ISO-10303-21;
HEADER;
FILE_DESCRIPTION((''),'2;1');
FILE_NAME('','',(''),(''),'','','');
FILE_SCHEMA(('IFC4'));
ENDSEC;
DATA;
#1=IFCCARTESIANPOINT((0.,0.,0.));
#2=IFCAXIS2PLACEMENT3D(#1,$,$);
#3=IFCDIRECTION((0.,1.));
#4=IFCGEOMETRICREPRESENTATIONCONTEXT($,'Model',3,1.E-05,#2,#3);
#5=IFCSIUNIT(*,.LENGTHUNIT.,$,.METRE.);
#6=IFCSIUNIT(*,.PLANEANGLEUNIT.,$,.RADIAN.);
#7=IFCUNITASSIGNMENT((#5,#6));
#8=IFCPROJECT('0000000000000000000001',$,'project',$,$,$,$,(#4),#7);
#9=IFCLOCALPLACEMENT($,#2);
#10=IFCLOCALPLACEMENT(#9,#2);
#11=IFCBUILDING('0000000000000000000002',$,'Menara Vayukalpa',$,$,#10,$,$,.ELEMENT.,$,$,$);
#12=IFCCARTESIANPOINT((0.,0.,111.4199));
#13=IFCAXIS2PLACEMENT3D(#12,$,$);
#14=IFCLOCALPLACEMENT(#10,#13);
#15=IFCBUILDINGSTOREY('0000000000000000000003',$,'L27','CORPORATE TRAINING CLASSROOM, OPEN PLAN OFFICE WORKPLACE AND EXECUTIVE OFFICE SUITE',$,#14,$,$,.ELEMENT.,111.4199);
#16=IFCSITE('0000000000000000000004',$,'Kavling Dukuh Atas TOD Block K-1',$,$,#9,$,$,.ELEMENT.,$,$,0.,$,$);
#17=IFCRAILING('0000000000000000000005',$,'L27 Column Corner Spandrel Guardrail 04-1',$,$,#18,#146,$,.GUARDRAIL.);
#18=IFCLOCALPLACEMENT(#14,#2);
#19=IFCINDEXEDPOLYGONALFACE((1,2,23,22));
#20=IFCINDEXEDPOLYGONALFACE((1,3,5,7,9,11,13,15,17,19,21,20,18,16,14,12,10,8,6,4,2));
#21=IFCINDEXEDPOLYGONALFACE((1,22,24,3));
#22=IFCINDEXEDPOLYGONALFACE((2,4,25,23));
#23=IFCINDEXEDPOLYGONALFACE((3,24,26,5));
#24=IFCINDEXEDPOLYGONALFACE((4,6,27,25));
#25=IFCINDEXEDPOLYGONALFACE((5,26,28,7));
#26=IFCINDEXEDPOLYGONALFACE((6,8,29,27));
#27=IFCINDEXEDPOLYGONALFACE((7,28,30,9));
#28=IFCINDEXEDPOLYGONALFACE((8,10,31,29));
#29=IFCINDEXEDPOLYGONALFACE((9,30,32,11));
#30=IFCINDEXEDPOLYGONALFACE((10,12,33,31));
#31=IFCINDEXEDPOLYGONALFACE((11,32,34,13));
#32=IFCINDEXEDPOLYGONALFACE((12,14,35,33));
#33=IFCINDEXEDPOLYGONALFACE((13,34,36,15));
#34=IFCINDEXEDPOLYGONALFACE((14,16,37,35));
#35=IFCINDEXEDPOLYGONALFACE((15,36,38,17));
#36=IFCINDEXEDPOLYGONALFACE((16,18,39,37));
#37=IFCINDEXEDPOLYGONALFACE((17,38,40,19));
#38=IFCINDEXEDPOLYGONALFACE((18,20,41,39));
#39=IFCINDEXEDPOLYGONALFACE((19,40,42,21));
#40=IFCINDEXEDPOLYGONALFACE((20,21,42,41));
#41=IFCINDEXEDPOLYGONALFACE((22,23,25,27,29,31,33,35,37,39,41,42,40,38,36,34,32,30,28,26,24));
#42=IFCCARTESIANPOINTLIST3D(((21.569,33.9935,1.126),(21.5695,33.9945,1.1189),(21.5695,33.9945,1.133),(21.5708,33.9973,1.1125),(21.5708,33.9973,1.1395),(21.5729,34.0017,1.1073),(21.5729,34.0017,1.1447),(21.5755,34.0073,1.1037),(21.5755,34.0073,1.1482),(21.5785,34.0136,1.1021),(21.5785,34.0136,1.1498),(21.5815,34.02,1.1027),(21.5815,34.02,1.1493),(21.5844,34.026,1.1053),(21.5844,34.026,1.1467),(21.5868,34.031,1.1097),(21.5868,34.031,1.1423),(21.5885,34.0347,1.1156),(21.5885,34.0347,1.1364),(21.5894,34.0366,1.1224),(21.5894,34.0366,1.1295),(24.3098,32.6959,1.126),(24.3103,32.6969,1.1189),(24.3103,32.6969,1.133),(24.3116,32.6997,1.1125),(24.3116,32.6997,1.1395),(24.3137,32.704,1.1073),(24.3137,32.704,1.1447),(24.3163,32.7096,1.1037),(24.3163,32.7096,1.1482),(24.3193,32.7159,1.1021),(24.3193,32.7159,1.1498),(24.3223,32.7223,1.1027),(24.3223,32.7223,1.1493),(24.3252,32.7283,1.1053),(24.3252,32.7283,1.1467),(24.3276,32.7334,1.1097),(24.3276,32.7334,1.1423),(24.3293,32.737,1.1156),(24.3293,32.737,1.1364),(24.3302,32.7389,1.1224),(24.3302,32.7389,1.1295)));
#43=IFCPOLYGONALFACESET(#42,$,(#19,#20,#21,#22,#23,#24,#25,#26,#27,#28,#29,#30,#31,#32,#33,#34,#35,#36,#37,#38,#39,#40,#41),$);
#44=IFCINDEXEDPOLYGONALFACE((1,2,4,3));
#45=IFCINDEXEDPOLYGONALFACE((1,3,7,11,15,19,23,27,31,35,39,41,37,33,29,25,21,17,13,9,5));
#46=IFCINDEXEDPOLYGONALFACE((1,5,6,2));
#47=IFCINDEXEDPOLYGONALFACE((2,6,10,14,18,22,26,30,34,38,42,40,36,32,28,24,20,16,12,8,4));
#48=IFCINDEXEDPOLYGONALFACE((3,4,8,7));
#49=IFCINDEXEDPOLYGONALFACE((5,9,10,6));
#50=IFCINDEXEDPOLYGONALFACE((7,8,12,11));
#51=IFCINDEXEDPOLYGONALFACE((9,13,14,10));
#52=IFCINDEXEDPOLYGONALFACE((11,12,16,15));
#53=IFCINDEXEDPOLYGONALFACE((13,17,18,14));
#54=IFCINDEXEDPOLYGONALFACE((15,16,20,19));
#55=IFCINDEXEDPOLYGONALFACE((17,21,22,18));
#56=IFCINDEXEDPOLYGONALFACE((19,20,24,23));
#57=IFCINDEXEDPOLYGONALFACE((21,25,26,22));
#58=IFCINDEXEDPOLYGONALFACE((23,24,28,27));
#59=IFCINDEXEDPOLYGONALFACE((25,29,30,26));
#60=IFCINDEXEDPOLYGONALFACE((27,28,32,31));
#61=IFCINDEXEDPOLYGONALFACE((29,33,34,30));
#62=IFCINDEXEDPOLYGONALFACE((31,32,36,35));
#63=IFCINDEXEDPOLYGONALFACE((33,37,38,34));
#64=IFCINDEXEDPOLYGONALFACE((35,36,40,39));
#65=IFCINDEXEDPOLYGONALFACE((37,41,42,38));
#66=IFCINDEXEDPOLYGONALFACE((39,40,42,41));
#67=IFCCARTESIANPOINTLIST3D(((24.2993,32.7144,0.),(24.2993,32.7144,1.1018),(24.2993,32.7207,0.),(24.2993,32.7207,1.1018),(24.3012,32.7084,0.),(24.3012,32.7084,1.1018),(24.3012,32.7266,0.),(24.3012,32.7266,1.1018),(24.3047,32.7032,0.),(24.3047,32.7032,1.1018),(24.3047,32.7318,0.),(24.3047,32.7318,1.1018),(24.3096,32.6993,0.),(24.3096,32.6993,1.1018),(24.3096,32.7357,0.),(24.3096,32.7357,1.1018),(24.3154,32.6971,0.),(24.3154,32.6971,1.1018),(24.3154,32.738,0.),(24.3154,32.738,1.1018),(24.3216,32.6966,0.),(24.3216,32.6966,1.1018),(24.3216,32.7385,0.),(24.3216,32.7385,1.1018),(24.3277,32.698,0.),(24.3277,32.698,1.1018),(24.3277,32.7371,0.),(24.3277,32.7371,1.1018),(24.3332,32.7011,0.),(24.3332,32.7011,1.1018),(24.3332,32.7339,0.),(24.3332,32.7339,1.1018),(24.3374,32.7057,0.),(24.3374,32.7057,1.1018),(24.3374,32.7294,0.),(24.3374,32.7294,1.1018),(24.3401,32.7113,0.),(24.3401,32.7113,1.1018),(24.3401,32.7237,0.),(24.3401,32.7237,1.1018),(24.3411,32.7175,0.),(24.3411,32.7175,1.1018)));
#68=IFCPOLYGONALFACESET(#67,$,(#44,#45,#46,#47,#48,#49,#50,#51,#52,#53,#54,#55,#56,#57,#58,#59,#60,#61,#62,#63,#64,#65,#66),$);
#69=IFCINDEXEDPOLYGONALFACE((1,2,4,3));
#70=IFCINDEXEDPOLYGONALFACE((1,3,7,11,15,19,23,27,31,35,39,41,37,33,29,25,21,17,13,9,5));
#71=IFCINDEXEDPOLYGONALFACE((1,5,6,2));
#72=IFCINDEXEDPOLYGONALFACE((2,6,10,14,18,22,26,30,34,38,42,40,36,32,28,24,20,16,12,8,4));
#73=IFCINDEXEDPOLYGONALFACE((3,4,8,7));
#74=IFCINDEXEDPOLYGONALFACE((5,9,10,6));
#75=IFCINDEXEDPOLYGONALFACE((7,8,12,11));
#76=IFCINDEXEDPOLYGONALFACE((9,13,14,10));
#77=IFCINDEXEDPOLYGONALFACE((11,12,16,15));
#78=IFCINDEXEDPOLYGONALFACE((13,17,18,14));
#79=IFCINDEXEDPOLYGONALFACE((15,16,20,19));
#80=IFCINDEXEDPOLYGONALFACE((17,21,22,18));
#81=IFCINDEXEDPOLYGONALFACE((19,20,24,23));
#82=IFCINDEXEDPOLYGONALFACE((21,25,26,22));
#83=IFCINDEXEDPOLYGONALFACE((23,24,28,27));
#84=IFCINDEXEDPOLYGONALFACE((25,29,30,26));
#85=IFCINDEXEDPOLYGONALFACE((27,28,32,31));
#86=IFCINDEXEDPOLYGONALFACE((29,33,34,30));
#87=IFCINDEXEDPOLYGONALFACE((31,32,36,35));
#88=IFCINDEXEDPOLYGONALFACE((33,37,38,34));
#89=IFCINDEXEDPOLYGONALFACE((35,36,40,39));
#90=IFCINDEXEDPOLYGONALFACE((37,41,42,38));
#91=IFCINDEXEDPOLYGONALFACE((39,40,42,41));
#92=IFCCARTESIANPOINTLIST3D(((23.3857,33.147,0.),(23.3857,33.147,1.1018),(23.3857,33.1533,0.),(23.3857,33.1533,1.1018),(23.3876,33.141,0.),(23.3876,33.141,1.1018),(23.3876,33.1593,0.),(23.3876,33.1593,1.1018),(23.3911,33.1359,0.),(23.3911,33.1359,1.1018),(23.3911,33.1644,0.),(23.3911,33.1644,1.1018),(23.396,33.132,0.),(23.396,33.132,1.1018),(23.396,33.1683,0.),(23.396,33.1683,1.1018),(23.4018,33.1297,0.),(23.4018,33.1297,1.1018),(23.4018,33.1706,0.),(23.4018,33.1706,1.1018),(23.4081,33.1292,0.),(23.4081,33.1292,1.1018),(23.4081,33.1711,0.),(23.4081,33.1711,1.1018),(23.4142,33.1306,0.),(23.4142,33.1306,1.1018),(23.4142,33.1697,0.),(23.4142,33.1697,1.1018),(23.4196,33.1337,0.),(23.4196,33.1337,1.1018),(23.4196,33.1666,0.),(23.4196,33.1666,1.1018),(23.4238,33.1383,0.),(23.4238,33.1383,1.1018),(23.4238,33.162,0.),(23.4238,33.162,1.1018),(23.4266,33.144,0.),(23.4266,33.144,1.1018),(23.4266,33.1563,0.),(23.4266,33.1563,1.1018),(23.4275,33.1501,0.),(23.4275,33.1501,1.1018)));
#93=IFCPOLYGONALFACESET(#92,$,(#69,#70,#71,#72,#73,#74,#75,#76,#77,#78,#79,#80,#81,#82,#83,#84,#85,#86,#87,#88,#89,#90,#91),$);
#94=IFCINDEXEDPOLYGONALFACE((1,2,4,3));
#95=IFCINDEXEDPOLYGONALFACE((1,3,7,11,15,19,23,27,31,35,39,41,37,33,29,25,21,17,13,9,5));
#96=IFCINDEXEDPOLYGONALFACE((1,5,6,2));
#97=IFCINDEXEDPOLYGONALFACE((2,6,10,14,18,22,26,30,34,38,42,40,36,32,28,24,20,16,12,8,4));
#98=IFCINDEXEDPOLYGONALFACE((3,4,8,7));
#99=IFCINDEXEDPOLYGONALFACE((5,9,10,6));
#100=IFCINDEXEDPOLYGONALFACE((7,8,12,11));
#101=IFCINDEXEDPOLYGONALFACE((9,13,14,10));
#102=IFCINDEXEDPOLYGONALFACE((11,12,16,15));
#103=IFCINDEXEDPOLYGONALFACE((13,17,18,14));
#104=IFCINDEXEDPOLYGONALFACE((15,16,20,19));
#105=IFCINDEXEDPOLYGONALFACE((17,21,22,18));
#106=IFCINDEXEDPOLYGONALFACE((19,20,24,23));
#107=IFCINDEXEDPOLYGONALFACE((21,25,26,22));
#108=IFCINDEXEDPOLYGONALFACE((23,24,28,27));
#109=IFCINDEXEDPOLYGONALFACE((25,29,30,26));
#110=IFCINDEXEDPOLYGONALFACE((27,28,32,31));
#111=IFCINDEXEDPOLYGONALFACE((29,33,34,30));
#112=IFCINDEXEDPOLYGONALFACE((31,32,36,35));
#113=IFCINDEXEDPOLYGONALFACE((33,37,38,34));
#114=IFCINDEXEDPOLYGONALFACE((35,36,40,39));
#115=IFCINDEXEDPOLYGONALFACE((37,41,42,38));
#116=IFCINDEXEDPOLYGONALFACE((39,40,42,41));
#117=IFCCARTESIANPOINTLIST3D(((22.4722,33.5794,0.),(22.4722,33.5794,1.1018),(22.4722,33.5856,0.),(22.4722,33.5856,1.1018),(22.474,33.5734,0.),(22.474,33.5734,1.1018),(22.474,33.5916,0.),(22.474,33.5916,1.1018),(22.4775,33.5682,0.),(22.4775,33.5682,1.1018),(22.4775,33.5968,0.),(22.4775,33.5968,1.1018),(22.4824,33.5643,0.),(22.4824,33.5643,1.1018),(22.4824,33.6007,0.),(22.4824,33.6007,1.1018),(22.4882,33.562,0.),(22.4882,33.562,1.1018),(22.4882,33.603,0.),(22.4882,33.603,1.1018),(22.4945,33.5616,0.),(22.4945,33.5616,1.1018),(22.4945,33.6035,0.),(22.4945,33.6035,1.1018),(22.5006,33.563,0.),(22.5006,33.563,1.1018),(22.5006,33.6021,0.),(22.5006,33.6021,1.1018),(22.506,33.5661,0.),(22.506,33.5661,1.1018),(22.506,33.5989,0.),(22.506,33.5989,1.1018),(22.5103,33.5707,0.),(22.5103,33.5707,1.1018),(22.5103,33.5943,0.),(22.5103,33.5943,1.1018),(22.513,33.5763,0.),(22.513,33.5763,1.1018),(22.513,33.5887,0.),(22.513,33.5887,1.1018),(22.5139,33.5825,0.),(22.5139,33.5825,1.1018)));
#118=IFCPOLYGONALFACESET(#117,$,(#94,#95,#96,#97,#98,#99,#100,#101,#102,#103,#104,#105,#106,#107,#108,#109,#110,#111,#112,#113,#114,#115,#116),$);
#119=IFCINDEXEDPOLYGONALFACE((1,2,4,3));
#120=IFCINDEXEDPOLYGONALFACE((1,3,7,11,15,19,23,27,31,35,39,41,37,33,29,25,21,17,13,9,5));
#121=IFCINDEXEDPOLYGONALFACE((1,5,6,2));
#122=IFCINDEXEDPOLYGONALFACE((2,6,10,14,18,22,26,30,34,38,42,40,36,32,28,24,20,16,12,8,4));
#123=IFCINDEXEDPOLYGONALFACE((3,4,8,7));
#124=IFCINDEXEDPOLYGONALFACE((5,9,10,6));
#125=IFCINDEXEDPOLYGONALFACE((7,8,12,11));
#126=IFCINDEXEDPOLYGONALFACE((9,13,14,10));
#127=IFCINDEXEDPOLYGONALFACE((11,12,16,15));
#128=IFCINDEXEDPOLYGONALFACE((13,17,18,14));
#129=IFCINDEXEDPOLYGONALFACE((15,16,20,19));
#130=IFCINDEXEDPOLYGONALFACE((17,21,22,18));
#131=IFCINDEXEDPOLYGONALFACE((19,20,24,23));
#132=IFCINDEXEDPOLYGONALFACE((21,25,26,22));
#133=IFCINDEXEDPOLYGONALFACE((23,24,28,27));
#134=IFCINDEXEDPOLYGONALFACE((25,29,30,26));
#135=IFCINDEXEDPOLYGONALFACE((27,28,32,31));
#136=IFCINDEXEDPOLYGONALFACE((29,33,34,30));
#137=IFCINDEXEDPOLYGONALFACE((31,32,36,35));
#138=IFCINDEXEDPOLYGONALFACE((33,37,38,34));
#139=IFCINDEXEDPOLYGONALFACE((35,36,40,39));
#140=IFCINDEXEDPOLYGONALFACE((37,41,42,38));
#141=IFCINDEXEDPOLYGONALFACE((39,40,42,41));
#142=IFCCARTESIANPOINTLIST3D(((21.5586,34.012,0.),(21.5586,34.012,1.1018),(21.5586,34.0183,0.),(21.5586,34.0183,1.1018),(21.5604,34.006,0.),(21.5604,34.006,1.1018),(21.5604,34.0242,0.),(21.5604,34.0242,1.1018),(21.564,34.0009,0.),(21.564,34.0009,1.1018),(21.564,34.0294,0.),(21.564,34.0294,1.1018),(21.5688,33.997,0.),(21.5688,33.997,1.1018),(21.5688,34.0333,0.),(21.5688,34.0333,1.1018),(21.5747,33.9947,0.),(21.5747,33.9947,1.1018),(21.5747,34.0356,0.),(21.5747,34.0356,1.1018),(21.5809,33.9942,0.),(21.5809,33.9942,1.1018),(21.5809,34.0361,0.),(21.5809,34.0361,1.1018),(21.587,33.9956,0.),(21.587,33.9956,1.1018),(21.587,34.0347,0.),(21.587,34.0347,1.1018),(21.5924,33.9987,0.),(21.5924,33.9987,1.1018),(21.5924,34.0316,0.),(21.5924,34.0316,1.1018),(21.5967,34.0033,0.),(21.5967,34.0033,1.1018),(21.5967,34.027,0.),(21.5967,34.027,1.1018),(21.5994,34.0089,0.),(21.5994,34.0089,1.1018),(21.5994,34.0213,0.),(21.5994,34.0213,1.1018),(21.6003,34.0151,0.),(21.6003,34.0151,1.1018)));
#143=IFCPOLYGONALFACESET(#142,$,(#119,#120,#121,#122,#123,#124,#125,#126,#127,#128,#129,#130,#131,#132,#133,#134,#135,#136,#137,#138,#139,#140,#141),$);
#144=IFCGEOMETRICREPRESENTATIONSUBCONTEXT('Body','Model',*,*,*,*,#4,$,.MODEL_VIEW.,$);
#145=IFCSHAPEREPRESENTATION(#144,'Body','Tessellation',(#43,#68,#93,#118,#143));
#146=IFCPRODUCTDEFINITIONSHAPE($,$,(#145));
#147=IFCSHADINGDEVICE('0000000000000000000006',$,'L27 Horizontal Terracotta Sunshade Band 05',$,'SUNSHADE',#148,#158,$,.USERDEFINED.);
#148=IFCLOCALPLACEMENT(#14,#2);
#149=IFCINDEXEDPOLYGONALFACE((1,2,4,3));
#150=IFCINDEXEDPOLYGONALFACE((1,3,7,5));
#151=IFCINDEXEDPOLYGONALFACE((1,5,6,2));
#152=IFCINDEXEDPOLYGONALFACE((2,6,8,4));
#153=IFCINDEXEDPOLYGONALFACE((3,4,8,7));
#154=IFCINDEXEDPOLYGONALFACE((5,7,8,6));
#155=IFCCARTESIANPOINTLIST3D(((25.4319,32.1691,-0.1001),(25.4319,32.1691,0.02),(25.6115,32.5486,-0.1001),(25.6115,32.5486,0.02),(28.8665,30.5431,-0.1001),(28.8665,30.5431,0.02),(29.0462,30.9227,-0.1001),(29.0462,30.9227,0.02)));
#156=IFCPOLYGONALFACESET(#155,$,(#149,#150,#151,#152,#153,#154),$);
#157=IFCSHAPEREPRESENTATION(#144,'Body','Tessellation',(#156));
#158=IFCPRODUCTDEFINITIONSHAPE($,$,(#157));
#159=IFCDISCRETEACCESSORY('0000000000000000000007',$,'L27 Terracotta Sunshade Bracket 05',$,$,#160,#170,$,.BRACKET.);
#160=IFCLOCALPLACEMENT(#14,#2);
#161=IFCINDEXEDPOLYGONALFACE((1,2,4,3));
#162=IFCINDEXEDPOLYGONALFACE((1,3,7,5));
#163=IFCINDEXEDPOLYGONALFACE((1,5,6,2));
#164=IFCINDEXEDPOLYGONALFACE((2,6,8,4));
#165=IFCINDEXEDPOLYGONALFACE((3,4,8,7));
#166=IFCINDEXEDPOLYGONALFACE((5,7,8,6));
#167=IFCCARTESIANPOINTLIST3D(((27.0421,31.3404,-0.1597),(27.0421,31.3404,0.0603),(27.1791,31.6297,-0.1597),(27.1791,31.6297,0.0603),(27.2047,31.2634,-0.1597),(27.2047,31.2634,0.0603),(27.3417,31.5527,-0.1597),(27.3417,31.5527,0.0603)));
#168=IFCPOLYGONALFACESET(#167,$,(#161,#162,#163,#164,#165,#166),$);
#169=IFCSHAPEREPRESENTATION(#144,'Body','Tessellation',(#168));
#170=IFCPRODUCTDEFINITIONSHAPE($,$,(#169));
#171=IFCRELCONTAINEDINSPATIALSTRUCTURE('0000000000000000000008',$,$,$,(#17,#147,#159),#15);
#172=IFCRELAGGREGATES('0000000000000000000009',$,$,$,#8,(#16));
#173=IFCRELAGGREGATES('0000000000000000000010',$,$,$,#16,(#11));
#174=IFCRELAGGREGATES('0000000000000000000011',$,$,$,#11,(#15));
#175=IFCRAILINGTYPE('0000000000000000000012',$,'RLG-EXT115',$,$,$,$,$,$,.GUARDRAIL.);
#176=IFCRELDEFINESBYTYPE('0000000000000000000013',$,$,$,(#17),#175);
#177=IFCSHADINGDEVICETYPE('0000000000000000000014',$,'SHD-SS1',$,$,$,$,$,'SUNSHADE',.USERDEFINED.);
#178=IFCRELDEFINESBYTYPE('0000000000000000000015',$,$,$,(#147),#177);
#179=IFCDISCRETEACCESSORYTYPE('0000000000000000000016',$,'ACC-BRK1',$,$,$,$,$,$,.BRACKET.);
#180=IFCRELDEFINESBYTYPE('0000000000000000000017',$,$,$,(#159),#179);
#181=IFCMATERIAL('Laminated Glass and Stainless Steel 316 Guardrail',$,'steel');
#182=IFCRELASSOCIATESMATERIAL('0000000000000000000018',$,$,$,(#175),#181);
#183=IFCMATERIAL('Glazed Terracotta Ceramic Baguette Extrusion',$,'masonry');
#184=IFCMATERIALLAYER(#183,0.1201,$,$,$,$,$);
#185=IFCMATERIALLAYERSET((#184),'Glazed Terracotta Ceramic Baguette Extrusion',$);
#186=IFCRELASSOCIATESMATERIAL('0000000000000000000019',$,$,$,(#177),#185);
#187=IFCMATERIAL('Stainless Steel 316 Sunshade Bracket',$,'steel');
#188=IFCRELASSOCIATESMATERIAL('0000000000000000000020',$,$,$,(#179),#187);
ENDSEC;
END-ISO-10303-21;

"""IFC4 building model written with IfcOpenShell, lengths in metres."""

from ifc_helpers import new_model, si_unit, direction, frame, origin, origin_2d, place, context, subcontext, project, spatial, rectangle, circle, extrude, material, layer, layer_set, type_object, element, save


model = new_model("IFC4")

# Units and contexts
model_context = context("Model", 3, precision=1e-05, world=origin(), true_north=direction((0.0, 1.0)))
body_context = subcontext(model_context, "Body", "Model", "MODEL_VIEW")
ifc_project = project(units=[si_unit("LENGTHUNIT", "METRE"), si_unit("PLANEANGLEUNIT", "RADIAN")], contexts=[model_context])

# Site, building, storey
site_placement = place(None, origin())
site = spatial("IfcSite", under=ifc_project, at=site_placement, Name="Kavling Dukuh Atas TOD Block K-1", CompositionType="ELEMENT", RefElevation=0.0)
building_placement = place(site_placement, origin())
building = spatial("IfcBuilding", under=site, at=building_placement, Name="Menara Vayukalpa", CompositionType="ELEMENT")
storey_placement = place(building_placement, frame((0.0, 0.0, 111.4199)))
storey = spatial("IfcBuildingStorey", under=building, at=storey_placement, Name="L27", Description="CORPORATE TRAINING CLASSROOM, OPEN PLAN OFFICE WORKPLACE AND EXECUTIVE OFFICE SUITE", CompositionType="ELEMENT", Elevation=111.4199)

# Railing
ifc_material_1 = material(Name="Laminated Glass and Stainless Steel 316 Guardrail", Category="steel")
railing_type = type_object("IfcRailingType", Name="RLG-EXT115", PredefinedType="GUARDRAIL", material=ifc_material_1)
railing_placement = place(storey_placement, frame((24.3201, 32.7175, 0.0)))
element("IfcRailing", 1, at=railing_placement, inside=storey, type_object=railing_type, Name="L27 Column Corner Spandrel Guardrail 04-1", PredefinedType="GUARDRAIL", context=body_context, shape_type="SweptSolid", body=[
    extrude(circle(Radius=0.0239, at=origin_2d()), frame((0.0, 0.0, 1.126), z_axis=(-0.903818, 0.427917, 0.0), x_axis=(-0.427917, -0.903818, 0.0)), (0.0, 0.0, 1.0), 3.0325),
    extrude(circle(Radius=0.021, at=origin_2d()), origin(), (0.0, 0.0, 1.0), 1.1018),
    extrude(circle(Radius=0.021, at=origin_2d()), frame((-0.9136, 0.4326, 0.0)), (0.0, 0.0, 1.0), 1.1018),
    extrude(circle(Radius=0.021, at=origin_2d()), frame((-1.8271, 0.865, 0.0)), (0.0, 0.0, 1.0), 1.1018),
    extrude(circle(Radius=0.021, at=origin_2d()), frame((-2.7407, 1.2976, 0.0)), (0.0, 0.0, 1.0), 1.1018),
])

# Shading device
ifc_material_2 = material(Name="Glazed Terracotta Ceramic Baguette Extrusion", Category="masonry")
ifc_layer_1 = layer(ifc_material_2, 0.1201)
ifc_layer_set_1 = layer_set([ifc_layer_1], Name="Glazed Terracotta Ceramic Baguette Extrusion")
shading_device_type = type_object("IfcShadingDeviceType", Name="SHD-SS1", ElementType="SUNSHADE", PredefinedType="USERDEFINED", material=ifc_layer_set_1)
shading_device_placement = place(storey_placement, frame((27.239, 31.5459, -0.1001), z_axis=(0.0, 0.0, 1.0), x_axis=(-0.903836, 0.427879, 0.0)))
element("IfcShadingDevice", 2, at=shading_device_placement, inside=storey, type_object=shading_device_type, Name="L27 Horizontal Terracotta Sunshade Band 05", ObjectType="SUNSHADE", PredefinedType="USERDEFINED", context=body_context, shape_type="SweptSolid", body=[
    extrude(rectangle(XDim=3.8, YDim=0.4199, at=origin_2d()), origin(), (0.0, 0.0, 1.0), 0.1201),
])

# Discrete accessory
ifc_material_3 = material(Name="Stainless Steel 316 Sunshade Bracket", Category="steel")
discrete_accessory_type = type_object("IfcDiscreteAccessoryType", Name="ACC-BRK1", PredefinedType="BRACKET", material=ifc_material_3)
discrete_accessory_placement = place(storey_placement, frame((27.1919, 31.4465, -0.1597), z_axis=(0.0, 0.0, 1.0), x_axis=(-0.903836, 0.427879, 0.0)))
element("IfcDiscreteAccessory", 3, at=discrete_accessory_placement, inside=storey, type_object=discrete_accessory_type, Name="L27 Terracotta Sunshade Bracket 05", PredefinedType="BRACKET", context=body_context, shape_type="SweptSolid", body=[
    extrude(rectangle(XDim=0.1799, YDim=0.3201, at=origin_2d()), origin(), (0.0, 0.0, 1.0), 0.22),
])

save(model, "model.ifc")
